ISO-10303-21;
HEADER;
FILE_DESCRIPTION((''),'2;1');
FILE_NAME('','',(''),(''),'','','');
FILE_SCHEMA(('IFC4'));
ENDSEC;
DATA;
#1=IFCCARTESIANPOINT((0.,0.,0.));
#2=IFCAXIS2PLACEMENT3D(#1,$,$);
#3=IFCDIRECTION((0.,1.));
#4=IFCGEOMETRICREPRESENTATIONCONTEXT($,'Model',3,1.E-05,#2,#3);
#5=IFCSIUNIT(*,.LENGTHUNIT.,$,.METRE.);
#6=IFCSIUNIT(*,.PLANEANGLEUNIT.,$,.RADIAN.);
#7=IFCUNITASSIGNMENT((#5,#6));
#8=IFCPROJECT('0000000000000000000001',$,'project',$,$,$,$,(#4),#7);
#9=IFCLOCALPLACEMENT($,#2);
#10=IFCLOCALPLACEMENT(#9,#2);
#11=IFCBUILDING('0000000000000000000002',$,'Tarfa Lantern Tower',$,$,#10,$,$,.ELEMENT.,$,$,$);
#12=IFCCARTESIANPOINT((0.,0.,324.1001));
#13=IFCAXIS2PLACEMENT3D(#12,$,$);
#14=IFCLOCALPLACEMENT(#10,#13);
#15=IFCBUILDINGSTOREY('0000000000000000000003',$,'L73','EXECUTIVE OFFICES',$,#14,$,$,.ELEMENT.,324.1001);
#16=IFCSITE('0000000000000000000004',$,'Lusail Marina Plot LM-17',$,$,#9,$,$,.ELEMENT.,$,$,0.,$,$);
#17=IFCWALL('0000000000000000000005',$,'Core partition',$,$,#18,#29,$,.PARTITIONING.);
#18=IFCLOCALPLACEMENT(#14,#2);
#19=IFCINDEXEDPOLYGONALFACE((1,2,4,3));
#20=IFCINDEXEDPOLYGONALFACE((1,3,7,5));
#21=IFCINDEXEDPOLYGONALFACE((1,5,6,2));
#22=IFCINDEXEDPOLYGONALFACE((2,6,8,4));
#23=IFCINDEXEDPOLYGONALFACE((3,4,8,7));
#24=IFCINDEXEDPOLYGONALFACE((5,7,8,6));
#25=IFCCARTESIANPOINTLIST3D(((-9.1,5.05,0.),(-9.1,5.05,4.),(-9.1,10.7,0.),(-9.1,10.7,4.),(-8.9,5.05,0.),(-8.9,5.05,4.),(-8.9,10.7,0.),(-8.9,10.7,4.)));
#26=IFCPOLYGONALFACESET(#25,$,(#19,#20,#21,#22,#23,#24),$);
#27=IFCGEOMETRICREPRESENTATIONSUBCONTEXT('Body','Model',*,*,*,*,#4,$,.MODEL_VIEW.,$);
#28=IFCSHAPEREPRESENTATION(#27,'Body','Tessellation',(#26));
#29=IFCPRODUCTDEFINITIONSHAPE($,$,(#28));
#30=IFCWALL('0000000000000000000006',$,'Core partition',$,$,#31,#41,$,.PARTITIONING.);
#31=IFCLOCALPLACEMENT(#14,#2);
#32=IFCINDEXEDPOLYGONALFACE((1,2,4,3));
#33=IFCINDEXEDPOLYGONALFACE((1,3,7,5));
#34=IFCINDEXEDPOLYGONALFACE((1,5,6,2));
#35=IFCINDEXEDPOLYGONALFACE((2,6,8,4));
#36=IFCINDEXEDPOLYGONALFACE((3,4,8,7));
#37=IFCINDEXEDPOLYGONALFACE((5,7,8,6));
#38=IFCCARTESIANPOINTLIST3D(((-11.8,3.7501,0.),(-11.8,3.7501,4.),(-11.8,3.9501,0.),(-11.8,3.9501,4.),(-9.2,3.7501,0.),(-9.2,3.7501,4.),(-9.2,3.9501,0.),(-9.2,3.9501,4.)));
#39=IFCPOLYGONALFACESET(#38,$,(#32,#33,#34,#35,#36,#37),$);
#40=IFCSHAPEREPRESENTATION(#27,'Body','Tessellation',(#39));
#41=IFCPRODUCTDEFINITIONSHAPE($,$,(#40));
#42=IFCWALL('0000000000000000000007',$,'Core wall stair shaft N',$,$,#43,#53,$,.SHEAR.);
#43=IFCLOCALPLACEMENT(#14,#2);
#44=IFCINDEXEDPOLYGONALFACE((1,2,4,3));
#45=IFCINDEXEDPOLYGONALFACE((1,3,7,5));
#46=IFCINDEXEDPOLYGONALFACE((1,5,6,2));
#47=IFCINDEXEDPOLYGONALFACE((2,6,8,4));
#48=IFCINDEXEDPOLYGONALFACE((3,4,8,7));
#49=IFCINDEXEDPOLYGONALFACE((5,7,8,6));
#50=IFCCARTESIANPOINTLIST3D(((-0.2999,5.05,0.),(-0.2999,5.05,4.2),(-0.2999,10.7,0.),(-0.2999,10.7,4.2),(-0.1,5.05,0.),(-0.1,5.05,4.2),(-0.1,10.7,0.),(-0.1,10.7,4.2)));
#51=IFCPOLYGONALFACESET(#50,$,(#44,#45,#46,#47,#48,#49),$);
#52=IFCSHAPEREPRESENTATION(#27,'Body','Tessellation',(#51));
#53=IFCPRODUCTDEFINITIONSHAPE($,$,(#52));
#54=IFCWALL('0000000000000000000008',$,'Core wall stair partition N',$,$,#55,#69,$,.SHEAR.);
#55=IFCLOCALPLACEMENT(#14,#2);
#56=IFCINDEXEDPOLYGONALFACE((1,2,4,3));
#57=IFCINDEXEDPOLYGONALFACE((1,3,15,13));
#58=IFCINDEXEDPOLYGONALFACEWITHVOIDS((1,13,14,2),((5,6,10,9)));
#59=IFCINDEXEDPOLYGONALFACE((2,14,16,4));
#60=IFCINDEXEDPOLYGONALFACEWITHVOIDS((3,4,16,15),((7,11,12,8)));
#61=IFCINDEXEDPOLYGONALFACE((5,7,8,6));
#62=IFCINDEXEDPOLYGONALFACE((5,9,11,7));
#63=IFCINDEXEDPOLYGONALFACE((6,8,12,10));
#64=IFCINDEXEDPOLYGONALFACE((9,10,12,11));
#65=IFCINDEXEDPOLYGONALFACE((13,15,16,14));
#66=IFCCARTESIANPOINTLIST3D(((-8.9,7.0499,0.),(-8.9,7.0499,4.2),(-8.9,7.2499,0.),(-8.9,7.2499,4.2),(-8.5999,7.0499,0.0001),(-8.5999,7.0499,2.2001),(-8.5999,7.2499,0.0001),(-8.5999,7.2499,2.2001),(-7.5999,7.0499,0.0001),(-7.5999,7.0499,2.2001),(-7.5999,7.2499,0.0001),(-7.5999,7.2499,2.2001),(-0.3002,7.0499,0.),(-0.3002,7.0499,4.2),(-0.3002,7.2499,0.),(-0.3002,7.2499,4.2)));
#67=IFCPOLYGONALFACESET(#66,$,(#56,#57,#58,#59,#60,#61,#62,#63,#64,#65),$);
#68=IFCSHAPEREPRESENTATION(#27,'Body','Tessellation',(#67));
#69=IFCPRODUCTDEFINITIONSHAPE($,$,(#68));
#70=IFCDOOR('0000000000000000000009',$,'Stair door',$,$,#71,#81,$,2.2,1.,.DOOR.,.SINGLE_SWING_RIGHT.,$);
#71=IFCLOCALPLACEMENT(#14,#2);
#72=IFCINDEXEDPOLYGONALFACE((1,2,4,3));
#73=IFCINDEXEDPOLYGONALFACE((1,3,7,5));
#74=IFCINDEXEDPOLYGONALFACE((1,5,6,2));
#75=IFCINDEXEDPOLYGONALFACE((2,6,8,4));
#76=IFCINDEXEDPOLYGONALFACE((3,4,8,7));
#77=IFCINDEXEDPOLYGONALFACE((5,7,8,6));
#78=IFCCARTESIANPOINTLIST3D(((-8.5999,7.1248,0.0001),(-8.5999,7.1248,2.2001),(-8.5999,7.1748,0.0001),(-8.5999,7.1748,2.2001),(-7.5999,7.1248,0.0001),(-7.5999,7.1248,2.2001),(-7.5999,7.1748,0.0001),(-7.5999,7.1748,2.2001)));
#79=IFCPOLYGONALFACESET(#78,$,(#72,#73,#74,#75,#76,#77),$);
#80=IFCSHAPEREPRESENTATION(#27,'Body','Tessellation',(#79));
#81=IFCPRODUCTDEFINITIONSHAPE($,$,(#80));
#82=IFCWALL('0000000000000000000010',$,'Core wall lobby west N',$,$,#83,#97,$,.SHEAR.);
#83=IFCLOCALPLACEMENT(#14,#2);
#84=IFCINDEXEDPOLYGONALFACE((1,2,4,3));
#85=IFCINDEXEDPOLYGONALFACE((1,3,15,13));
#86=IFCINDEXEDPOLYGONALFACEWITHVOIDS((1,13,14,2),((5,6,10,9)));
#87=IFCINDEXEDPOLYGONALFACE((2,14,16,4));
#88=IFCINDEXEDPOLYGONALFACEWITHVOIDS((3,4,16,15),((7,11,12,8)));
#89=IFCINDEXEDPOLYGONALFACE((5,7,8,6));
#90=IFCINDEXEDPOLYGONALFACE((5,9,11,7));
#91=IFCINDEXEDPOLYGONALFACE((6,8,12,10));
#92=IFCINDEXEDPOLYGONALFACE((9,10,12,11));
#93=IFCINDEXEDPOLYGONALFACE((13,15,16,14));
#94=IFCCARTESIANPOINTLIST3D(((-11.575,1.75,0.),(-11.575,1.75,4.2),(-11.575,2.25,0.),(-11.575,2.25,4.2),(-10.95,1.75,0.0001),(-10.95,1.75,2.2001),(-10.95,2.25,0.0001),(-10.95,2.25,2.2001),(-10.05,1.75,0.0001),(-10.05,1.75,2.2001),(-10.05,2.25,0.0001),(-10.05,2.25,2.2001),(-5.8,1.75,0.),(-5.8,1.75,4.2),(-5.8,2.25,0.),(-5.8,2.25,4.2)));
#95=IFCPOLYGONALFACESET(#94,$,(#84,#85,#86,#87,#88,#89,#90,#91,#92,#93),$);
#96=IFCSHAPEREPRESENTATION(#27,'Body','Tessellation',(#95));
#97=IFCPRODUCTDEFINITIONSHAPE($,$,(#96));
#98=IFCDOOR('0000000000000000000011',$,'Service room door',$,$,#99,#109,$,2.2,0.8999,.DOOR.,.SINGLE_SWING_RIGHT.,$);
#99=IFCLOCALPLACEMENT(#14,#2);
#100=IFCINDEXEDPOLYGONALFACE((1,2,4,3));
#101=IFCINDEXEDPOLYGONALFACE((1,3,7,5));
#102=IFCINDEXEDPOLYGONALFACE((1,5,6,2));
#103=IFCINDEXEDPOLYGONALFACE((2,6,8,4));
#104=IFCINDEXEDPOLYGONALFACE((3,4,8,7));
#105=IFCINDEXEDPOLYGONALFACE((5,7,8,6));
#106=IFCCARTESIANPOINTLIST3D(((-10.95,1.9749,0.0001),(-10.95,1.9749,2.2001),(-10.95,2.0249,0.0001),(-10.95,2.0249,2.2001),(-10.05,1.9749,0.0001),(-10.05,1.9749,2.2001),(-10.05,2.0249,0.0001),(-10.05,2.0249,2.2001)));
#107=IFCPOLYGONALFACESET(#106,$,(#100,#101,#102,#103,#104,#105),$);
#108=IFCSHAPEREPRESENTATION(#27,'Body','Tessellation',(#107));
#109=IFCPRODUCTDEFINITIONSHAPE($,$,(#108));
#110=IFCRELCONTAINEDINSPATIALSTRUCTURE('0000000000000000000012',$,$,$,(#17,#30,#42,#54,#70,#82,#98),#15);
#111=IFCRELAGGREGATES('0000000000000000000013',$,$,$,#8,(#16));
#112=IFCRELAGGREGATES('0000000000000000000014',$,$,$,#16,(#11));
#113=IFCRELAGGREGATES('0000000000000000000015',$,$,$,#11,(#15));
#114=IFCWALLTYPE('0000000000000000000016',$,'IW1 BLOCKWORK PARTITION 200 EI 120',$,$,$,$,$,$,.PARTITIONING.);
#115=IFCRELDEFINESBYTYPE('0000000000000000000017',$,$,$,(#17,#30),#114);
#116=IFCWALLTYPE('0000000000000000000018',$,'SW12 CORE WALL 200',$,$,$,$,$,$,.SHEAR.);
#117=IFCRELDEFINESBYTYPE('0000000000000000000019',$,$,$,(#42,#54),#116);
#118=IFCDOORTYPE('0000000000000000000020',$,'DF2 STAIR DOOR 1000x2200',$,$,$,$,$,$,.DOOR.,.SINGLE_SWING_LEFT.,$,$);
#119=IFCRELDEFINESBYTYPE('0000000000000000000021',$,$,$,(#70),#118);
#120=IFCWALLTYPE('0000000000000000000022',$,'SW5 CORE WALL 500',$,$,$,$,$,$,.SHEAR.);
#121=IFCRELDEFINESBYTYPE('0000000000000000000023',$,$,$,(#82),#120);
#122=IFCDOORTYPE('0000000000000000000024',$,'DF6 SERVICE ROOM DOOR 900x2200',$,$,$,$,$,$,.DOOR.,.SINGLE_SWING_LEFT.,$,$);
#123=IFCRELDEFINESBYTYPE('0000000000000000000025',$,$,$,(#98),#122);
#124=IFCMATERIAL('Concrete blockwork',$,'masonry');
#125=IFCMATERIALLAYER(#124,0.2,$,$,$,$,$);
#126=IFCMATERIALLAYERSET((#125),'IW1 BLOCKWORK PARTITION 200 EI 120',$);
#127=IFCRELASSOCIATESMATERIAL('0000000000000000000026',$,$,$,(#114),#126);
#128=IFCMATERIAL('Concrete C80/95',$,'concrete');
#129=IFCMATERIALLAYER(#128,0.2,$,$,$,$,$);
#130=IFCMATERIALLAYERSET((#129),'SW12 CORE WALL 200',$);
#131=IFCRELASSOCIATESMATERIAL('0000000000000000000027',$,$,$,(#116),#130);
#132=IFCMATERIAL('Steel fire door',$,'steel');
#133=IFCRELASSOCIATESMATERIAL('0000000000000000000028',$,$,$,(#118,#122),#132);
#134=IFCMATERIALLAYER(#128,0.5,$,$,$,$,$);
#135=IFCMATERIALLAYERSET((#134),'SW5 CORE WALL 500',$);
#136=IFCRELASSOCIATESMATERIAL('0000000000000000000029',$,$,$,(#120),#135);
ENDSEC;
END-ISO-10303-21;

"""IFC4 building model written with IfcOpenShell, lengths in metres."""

from ifc_helpers import new_model, si_unit, direction, frame, frame_2d, origin, place, context, subcontext, project, spatial, rectangle, extrude, material, layer, layer_set, type_object, element, fill, save


model = new_model("IFC4")

# Units and contexts
model_context = context("Model", 3, precision=1e-05, world=origin(), true_north=direction((0.0, 1.0)))
body_context = subcontext(model_context, "Body", "Model", "MODEL_VIEW")
ifc_project = project(units=[si_unit("LENGTHUNIT", "METRE"), si_unit("PLANEANGLEUNIT", "RADIAN")], contexts=[model_context])

# Site, building, storey
site_placement = place(None, origin())
site = spatial("IfcSite", under=ifc_project, at=site_placement, Name="Lusail Marina Plot LM-17", CompositionType="ELEMENT", RefElevation=0.0)
building_placement = place(site_placement, origin())
building = spatial("IfcBuilding", under=site, at=building_placement, Name="Tarfa Lantern Tower", CompositionType="ELEMENT")
storey_placement = place(building_placement, frame((0.0, 0.0, 324.1001)))
storey = spatial("IfcBuildingStorey", under=building, at=storey_placement, Name="L73", Description="EXECUTIVE OFFICES", CompositionType="ELEMENT", Elevation=324.1001)

# Walls
ifc_material_1 = material(Name="Concrete blockwork", Category="masonry")
ifc_layer_1 = layer(ifc_material_1, 0.2)
ifc_layer_set_1 = layer_set([ifc_layer_1], Name="IW1 BLOCKWORK PARTITION 200 EI 120")
wall_type_1 = type_object("IfcWallType", Name="IW1 BLOCKWORK PARTITION 200 EI 120", PredefinedType="PARTITIONING", material=ifc_layer_set_1)
wall_1_placement = place(storey_placement, frame((-9.0, 5.05, 0.0), z_axis=(0.0, 0.0, 1.0), x_axis=(0.0, 1.0, 0.0)))
element("IfcWall", 1, at=wall_1_placement, inside=storey, type_object=wall_type_1, Name="Core partition", PredefinedType="PARTITIONING", context=body_context, shape_type="SweptSolid", body=[
    extrude(rectangle(XDim=5.6499, YDim=0.2, at=frame_2d((2.825, 0.0))), origin(), (0.0, 0.0, 1.0), 4.0),
])
wall_2_placement = place(storey_placement, frame((-11.8, 3.8501, 0.0), z_axis=(0.0, 0.0, 1.0), x_axis=(1.0, 0.0, 0.0)))
element("IfcWall", 2, at=wall_2_placement, inside=storey, type_object=wall_type_1, Name="Core partition", PredefinedType="PARTITIONING", context=body_context, shape_type="SweptSolid", body=[
    extrude(rectangle(XDim=2.6001, YDim=0.2, at=frame_2d((1.3, 0.0))), origin(), (0.0, 0.0, 1.0), 4.0),
])
ifc_material_2 = material(Name="Concrete C80/95", Category="concrete")
ifc_layer_2 = layer(ifc_material_2, 0.2)
ifc_layer_set_2 = layer_set([ifc_layer_2], Name="SW12 CORE WALL 200")
wall_type_2 = type_object("IfcWallType", Name="SW12 CORE WALL 200", PredefinedType="SHEAR", material=ifc_layer_set_2)
wall_3_placement = place(storey_placement, frame((-0.2, 5.05, 0.0), z_axis=(0.0, 0.0, 1.0), x_axis=(0.0, 1.0, 0.0)))
element("IfcWall", 3, at=wall_3_placement, inside=storey, type_object=wall_type_2, Name="Core wall stair shaft N", PredefinedType="SHEAR", context=body_context, shape_type="SweptSolid", body=[
    extrude(rectangle(XDim=5.6499, YDim=0.2, at=frame_2d((2.825, 0.0))), origin(), (0.0, 0.0, 1.0), 4.2),
])

# Walls, openings, doors
wall_4_placement = place(storey_placement, frame((-8.8999, 7.1499, 0.0), z_axis=(0.0, 0.0, 1.0), x_axis=(1.0, 0.0, 0.0)))
wall_4 = element("IfcWall", 4, at=wall_4_placement, inside=storey, type_object=wall_type_2, Name="Core wall stair partition N", PredefinedType="SHEAR", context=body_context, shape_type="SweptSolid", body=[
    extrude(rectangle(XDim=8.5999, YDim=0.2, at=frame_2d((4.2998, 0.0))), origin(), (0.0, 0.0, 1.0), 4.2),
])
opening_1_placement = place(wall_4_placement, frame((0.3, 0.0, 0.0)))
opening_1 = element("IfcOpeningElement", 5, at=opening_1_placement, cuts=wall_4, PredefinedType="OPENING", context=body_context, shape_type="SweptSolid", body=[
    extrude(rectangle(XDim=1.0, YDim=2.2, at=frame_2d((0.5, 1.1001))), frame((0.0, 0.1099, 0.0), z_axis=(0.0, -1.0, 0.0), x_axis=(1.0, 0.0, 0.0)), (0.0, 0.0, 1.0), 0.22),
])
ifc_material_3 = material(Name="Steel fire door", Category="steel")
door_type_1 = type_object("IfcDoorType", Name="DF2 STAIR DOOR 1000x2200", OperationType="SINGLE_SWING_LEFT", PredefinedType="DOOR", material=ifc_material_3)
door_1_placement = place(opening_1_placement, origin())
door_1 = element("IfcDoor", 6, at=door_1_placement, inside=storey, type_object=door_type_1, Name="Stair door", OperationType="SINGLE_SWING_RIGHT", OverallHeight=2.2, OverallWidth=1.0, PredefinedType="DOOR", context=body_context, shape_type="SweptSolid", body=[
    extrude(rectangle(XDim=1.0, YDim=2.2, at=frame_2d((0.5, 1.1001))), frame((0.0, 0.0249, 0.0), z_axis=(0.0, -1.0, 0.0), x_axis=(1.0, 0.0, 0.0)), (0.0, 0.0, 1.0), 0.05),
])
fill(opening_1, door_1)
ifc_layer_3 = layer(ifc_material_2, 0.5)
ifc_layer_set_3 = layer_set([ifc_layer_3], Name="SW5 CORE WALL 500")
wall_type_3 = type_object("IfcWallType", Name="SW5 CORE WALL 500", PredefinedType="SHEAR", material=ifc_layer_set_3)
wall_5_placement = place(storey_placement, frame((-11.575, 2.0, 0.0), z_axis=(0.0, 0.0, 1.0), x_axis=(1.0, 0.0, 0.0)))
wall_5 = element("IfcWall", 7, at=wall_5_placement, inside=storey, type_object=wall_type_3, Name="Core wall lobby west N", PredefinedType="SHEAR", context=body_context, shape_type="SweptSolid", body=[
    extrude(rectangle(XDim=5.7749, YDim=0.5, at=frame_2d((2.8875, 0.0))), origin(), (0.0, 0.0, 1.0), 4.2),
])
opening_2_placement = place(wall_5_placement, frame((0.625, 0.0, 0.0)))
opening_2 = element("IfcOpeningElement", 8, at=opening_2_placement, cuts=wall_5, PredefinedType="OPENING", context=body_context, shape_type="SweptSolid", body=[
    extrude(rectangle(XDim=0.8999, YDim=2.2, at=frame_2d((0.45, 1.1001))), frame((0.0, 0.26, 0.0), z_axis=(0.0, -1.0, 0.0), x_axis=(1.0, 0.0, 0.0)), (0.0, 0.0, 1.0), 0.52),
])
door_type_2 = type_object("IfcDoorType", Name="DF6 SERVICE ROOM DOOR 900x2200", OperationType="SINGLE_SWING_LEFT", PredefinedType="DOOR", material=ifc_material_3)
door_2_placement = place(opening_2_placement, origin())
door_2 = element("IfcDoor", 9, at=door_2_placement, inside=storey, type_object=door_type_2, Name="Service room door", OperationType="SINGLE_SWING_RIGHT", OverallHeight=2.2, OverallWidth=0.8999, PredefinedType="DOOR", context=body_context, shape_type="SweptSolid", body=[
    extrude(rectangle(XDim=0.8999, YDim=2.2, at=frame_2d((0.45, 1.1001))), frame((0.0, 0.0249, 0.0), z_axis=(0.0, -1.0, 0.0), x_axis=(1.0, 0.0, 0.0)), (0.0, 0.0, 1.0), 0.05),
])
fill(opening_2, door_2)

save(model, "model.ifc")
